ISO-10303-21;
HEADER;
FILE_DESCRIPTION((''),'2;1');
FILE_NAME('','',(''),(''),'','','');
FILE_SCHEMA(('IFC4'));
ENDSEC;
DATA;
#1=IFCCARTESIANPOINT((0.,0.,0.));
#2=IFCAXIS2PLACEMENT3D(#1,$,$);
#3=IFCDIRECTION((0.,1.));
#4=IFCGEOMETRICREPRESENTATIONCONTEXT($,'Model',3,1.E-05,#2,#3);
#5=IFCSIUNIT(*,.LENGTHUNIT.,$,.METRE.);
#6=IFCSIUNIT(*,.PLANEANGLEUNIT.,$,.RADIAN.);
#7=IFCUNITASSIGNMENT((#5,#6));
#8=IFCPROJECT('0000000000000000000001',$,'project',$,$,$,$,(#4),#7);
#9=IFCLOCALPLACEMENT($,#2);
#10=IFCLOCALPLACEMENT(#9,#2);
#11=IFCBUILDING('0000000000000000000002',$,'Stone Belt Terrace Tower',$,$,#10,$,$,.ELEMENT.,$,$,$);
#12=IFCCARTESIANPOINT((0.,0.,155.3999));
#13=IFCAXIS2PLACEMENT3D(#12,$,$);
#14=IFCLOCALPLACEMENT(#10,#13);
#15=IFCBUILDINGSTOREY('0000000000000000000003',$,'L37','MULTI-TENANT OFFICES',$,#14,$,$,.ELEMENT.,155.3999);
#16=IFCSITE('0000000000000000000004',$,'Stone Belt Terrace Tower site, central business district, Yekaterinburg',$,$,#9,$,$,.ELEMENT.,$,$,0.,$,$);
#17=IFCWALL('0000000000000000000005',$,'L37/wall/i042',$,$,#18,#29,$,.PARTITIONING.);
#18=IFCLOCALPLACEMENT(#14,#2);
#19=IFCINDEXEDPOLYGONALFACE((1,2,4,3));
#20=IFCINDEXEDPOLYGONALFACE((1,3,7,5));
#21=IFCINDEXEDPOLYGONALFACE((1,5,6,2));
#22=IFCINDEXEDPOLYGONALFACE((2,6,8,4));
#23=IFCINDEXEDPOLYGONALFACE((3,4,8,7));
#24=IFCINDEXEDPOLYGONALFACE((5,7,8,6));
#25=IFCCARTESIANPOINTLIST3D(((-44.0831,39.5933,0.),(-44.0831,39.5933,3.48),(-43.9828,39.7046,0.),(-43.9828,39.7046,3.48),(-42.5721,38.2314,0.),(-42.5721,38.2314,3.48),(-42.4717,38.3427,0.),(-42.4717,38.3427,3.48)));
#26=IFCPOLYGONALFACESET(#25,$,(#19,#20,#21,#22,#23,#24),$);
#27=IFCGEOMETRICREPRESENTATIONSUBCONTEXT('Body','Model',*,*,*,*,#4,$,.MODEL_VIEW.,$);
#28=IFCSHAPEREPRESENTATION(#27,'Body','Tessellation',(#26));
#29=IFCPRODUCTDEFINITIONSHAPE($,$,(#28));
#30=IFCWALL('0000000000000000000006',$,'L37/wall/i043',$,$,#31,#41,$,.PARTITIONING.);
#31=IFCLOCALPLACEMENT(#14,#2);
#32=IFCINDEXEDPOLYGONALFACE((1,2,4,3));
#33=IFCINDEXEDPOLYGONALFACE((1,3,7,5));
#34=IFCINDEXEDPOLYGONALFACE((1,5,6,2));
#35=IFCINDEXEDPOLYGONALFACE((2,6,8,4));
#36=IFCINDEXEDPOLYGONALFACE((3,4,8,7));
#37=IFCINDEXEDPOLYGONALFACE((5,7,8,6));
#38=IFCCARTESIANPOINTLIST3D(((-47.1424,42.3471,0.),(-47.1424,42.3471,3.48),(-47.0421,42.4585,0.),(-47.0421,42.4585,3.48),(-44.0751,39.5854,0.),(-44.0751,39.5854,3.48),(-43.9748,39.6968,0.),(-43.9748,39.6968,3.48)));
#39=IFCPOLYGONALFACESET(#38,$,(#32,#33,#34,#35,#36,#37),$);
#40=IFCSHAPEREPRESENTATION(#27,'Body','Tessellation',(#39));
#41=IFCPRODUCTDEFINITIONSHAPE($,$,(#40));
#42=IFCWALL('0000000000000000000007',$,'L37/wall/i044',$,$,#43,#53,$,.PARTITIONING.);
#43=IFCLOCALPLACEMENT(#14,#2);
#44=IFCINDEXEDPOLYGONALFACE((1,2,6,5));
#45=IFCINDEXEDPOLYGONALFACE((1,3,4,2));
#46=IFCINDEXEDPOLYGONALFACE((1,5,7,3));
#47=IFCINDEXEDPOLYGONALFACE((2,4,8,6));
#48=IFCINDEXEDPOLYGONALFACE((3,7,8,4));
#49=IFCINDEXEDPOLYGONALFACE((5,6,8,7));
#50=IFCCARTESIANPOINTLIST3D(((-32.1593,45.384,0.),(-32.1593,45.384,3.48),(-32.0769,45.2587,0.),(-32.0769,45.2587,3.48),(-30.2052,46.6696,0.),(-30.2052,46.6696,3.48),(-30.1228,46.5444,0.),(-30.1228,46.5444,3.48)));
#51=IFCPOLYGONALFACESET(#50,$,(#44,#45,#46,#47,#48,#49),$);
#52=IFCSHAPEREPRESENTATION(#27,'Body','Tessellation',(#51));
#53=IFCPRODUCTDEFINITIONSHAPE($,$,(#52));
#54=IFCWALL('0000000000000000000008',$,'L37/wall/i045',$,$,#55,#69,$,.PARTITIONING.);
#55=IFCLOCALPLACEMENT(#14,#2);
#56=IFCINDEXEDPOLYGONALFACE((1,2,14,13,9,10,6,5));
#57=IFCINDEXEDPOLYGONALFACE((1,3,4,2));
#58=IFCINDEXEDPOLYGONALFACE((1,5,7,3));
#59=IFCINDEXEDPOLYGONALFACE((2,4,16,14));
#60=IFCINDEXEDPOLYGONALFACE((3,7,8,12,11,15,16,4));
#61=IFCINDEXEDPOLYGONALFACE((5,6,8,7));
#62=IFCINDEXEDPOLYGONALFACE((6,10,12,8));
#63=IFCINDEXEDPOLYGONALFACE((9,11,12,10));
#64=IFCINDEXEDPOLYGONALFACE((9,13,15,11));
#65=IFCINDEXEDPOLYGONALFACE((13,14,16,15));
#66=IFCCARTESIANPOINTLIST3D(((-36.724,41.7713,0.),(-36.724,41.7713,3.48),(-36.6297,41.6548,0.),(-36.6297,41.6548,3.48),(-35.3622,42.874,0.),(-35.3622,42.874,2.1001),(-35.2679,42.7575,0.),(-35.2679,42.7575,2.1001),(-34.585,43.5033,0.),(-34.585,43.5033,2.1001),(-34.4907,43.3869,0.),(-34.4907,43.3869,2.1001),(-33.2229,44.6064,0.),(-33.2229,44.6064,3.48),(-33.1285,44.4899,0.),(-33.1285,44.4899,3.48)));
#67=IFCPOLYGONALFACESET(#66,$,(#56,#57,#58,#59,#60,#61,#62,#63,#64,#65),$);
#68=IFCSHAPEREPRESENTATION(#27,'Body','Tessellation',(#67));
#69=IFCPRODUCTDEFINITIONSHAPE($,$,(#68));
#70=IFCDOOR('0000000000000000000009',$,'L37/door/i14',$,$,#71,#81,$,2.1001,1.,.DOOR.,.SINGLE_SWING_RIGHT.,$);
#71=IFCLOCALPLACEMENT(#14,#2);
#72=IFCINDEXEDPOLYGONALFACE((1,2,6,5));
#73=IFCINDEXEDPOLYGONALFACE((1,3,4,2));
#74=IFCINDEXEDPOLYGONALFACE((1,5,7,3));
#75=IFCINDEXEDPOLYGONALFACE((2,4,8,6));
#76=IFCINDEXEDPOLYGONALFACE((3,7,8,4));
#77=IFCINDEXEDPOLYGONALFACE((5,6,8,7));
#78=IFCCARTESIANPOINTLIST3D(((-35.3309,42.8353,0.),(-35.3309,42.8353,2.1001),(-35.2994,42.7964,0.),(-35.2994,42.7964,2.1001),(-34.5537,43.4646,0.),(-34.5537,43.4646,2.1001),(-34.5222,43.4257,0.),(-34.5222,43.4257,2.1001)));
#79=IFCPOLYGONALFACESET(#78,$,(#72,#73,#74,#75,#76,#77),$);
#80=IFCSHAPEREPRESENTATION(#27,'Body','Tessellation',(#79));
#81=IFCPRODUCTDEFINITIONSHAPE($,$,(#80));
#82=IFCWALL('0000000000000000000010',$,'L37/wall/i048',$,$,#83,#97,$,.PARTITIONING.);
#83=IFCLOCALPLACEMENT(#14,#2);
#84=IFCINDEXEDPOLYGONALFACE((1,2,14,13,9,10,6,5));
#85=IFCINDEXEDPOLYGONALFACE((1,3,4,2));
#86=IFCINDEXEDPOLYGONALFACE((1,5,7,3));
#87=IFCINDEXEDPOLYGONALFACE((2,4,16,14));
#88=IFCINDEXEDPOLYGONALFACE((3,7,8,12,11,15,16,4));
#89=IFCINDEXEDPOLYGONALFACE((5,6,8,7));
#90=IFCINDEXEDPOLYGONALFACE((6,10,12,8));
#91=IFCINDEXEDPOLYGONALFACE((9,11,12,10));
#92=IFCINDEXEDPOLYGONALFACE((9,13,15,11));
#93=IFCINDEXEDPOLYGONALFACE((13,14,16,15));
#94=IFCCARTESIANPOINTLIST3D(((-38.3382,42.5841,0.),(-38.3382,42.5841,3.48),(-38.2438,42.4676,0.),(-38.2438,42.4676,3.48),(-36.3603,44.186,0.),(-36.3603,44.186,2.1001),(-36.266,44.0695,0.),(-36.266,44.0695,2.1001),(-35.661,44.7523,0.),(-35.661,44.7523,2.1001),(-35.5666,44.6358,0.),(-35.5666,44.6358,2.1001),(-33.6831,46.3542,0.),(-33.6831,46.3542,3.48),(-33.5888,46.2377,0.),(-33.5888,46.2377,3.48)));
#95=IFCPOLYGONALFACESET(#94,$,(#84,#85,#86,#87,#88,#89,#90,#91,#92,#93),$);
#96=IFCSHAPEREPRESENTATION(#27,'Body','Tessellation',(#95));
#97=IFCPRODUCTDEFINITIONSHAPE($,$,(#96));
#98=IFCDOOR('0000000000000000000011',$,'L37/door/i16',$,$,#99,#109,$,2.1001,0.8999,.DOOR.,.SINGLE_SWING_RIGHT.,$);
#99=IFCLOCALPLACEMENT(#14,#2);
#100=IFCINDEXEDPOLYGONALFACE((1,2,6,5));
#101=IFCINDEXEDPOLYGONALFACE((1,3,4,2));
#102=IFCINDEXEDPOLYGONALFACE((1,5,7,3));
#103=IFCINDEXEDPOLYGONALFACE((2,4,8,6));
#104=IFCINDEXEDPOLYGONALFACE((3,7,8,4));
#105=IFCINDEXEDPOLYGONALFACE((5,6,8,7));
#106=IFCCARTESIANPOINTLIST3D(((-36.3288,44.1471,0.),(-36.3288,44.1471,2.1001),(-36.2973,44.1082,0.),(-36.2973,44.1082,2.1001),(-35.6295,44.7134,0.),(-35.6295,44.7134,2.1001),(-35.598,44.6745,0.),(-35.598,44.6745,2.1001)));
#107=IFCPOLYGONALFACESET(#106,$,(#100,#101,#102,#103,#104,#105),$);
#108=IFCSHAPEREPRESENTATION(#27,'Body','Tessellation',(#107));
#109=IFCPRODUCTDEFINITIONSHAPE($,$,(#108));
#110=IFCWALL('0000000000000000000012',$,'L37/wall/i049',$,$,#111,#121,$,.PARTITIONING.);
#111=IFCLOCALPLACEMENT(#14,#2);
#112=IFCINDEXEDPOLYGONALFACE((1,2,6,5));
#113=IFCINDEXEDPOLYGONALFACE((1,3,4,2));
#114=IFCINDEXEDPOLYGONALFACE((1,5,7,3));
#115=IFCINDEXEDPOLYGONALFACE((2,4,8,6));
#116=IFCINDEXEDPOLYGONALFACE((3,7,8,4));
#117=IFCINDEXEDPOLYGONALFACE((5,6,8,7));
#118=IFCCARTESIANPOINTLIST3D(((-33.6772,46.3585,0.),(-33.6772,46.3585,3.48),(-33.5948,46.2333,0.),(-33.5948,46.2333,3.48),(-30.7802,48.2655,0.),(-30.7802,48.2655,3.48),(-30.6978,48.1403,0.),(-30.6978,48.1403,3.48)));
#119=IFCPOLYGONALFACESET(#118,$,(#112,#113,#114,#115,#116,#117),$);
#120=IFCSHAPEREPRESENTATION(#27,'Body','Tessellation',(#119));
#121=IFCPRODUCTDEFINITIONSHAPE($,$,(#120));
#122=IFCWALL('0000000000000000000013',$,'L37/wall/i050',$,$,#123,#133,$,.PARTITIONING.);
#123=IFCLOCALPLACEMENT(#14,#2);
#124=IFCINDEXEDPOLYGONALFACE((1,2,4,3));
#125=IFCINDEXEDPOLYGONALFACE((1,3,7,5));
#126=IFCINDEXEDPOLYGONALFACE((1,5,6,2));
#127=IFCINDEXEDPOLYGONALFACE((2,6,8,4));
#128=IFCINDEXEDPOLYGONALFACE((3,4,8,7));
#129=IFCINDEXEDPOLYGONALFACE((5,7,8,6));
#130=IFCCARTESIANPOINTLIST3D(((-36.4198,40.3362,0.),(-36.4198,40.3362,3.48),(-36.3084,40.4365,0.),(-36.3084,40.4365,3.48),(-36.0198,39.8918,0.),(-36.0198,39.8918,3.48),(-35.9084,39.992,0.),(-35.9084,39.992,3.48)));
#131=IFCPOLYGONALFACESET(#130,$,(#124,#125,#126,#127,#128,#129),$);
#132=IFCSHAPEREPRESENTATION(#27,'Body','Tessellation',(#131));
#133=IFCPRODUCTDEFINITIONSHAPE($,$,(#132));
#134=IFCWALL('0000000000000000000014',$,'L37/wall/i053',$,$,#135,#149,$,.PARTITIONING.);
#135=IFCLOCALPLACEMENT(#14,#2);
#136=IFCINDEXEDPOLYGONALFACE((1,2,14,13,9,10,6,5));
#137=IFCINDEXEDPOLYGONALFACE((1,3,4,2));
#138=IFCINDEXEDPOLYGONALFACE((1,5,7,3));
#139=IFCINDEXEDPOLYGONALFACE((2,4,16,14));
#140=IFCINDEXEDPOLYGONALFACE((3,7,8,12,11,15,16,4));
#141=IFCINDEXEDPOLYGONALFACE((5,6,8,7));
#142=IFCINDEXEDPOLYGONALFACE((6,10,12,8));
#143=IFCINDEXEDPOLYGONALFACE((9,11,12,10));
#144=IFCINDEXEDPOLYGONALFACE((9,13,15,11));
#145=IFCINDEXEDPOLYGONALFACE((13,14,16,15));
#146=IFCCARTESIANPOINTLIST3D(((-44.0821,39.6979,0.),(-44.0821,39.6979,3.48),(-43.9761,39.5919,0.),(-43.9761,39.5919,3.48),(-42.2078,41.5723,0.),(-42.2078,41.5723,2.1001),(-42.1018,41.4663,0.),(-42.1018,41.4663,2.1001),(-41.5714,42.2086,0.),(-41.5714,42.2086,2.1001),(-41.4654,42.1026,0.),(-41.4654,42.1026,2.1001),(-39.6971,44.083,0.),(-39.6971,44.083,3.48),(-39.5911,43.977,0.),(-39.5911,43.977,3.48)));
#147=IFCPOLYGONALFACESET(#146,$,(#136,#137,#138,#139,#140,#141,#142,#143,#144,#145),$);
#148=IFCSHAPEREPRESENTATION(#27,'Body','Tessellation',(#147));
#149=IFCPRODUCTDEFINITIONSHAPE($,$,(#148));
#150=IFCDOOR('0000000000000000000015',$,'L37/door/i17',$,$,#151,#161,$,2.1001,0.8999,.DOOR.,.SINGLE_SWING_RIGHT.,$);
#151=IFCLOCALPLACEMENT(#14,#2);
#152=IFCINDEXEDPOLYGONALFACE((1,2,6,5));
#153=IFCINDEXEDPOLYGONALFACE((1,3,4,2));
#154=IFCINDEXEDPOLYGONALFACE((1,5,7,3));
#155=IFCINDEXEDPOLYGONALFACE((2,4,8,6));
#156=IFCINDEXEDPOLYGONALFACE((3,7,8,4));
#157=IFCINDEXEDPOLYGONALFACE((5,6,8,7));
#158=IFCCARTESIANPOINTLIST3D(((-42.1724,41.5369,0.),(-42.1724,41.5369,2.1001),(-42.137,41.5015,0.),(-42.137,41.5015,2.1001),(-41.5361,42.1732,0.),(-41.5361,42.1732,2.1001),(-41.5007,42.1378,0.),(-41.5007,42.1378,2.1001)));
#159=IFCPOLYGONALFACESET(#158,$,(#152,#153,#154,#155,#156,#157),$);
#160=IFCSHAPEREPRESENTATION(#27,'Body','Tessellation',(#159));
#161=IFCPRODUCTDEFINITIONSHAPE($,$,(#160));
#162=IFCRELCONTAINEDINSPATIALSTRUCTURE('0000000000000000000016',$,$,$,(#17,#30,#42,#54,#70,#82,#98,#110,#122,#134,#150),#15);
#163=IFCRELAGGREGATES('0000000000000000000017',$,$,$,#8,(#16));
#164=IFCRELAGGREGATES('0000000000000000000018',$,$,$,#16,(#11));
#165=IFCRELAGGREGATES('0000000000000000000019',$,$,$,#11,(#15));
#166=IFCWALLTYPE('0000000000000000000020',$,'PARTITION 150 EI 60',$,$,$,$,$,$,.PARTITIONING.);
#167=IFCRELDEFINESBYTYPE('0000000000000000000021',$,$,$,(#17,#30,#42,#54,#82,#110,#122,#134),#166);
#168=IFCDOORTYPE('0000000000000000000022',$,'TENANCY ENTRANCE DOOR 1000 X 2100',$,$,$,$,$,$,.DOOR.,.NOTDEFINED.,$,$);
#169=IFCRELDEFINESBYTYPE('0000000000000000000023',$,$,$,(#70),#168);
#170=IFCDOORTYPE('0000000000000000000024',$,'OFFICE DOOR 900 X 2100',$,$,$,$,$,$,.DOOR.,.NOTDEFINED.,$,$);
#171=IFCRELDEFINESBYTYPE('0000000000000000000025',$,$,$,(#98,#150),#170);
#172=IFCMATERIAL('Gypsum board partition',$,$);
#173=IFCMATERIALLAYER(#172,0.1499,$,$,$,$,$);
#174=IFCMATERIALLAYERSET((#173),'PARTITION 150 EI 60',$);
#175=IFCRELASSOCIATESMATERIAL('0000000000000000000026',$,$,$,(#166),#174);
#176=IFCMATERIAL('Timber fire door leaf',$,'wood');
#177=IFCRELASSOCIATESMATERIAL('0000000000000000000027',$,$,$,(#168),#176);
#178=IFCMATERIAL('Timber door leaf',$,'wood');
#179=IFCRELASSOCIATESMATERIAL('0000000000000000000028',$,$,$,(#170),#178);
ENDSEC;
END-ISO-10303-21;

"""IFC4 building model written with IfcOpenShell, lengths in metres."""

from ifc_helpers import new_model, si_unit, direction, frame, frame_2d, origin, place, context, subcontext, project, spatial, rectangle, extrude, material, layer, layer_set, type_object, element, fill, save


model = new_model("IFC4")

# Units and contexts
model_context = context("Model", 3, precision=1e-05, world=origin(), true_north=direction((0.0, 1.0)))
body_context = subcontext(model_context, "Body", "Model", "MODEL_VIEW")
ifc_project = project(units=[si_unit("LENGTHUNIT", "METRE"), si_unit("PLANEANGLEUNIT", "RADIAN")], contexts=[model_context])

# Site, building, storey
site_placement = place(None, origin())
site = spatial("IfcSite", under=ifc_project, at=site_placement, Name="Stone Belt Terrace Tower site, central business district, Yekaterinburg", CompositionType="ELEMENT", RefElevation=0.0)
building_placement = place(site_placement, origin())
building = spatial("IfcBuilding", under=site, at=building_placement, Name="Stone Belt Terrace Tower", CompositionType="ELEMENT")
storey_placement = place(building_placement, frame((0.0, 0.0, 155.3999)))
storey = spatial("IfcBuildingStorey", under=building, at=storey_placement, Name="L37", Description="MULTI-TENANT OFFICES", CompositionType="ELEMENT", Elevation=155.3999)

# Walls
ifc_material_1 = material(Name="Gypsum board partition")
ifc_layer_1 = layer(ifc_material_1, 0.1499)
ifc_layer_set_1 = layer_set([ifc_layer_1], Name="PARTITION 150 EI 60")
wall_type_1 = type_object("IfcWallType", Name="PARTITION 150 EI 60", PredefinedType="PARTITIONING", material=ifc_layer_set_1)
wall_1_placement = place(storey_placement, frame((-44.033, 39.6489, 0.0), z_axis=(0.0, 0.0, 1.0), x_axis=(0.742822, -0.669488, 0.0)))
element("IfcWall", 1, at=wall_1_placement, inside=storey, type_object=wall_type_1, Name="L37/wall/i042", PredefinedType="PARTITIONING", context=body_context, shape_type="SweptSolid", body=[
    extrude(rectangle(XDim=2.0342, YDim=0.1499, at=frame_2d((1.0171, 0.0))), origin(), (0.0, 0.0, 1.0), 3.48),
])
wall_2_placement = place(storey_placement, frame((-47.0923, 42.4028, 0.0), z_axis=(0.0, 0.0, 1.0), x_axis=(0.743165, -0.669109, 0.0)))
element("IfcWall", 2, at=wall_2_placement, inside=storey, type_object=wall_type_1, Name="L37/wall/i043", PredefinedType="PARTITIONING", context=body_context, shape_type="SweptSolid", body=[
    extrude(rectangle(XDim=4.1274, YDim=0.1499, at=frame_2d((2.0637, 0.0))), origin(), (0.0, 0.0, 1.0), 3.48),
])
wall_3_placement = place(storey_placement, frame((-30.1641, 46.6069, 0.0), z_axis=(0.0, 0.0, 1.0), x_axis=(-0.835407, -0.549632, 0.0)))
element("IfcWall", 3, at=wall_3_placement, inside=storey, type_object=wall_type_1, Name="L37/wall/i044", PredefinedType="PARTITIONING", context=body_context, shape_type="SweptSolid", body=[
    extrude(rectangle(XDim=2.3391, YDim=0.1499, at=frame_2d((1.1694, 0.0))), origin(), (0.0, 0.0, 1.0), 3.48),
])

# Walls, openings, doors
wall_4_placement = place(storey_placement, frame((-33.1758, 44.5481, 0.0), z_axis=(0.0, 0.0, 1.0), x_axis=(-0.777149, -0.629317, 0.0)))
wall_4 = element("IfcWall", 4, at=wall_4_placement, inside=storey, type_object=wall_type_1, Name="L37/wall/i045", PredefinedType="PARTITIONING", context=body_context, shape_type="SweptSolid", body=[
    extrude(rectangle(XDim=4.5051, YDim=0.1499, at=frame_2d((2.2524, 0.0))), origin(), (0.0, 0.0, 1.0), 3.48),
])
opening_1_placement = place(wall_4_placement, frame((1.7527, 0.0, 0.0)))
opening_1 = element("IfcOpeningElement", 5, at=opening_1_placement, cuts=wall_4, PredefinedType="OPENING", context=body_context, shape_type="SweptSolid", body=[
    extrude(rectangle(XDim=1.0, YDim=2.1001, at=frame_2d((0.5, 1.05))), frame((0.0, 0.085, 0.0), z_axis=(0.0, -1.0, 0.0), x_axis=(1.0, 0.0, 0.0)), (0.0, 0.0, 1.0), 0.1699),
])
ifc_material_2 = material(Name="Timber fire door leaf", Category="wood")
door_type_1 = type_object("IfcDoorType", Name="TENANCY ENTRANCE DOOR 1000 X 2100", OperationType="NOTDEFINED", PredefinedType="DOOR", material=ifc_material_2)
door_1_placement = place(opening_1_placement, origin())
door_1 = element("IfcDoor", 6, at=door_1_placement, inside=storey, type_object=door_type_1, Name="L37/door/i14", OperationType="SINGLE_SWING_RIGHT", OverallHeight=2.1001, OverallWidth=1.0, PredefinedType="DOOR", context=body_context, shape_type="SweptSolid", body=[
    extrude(rectangle(XDim=1.0, YDim=2.1001, at=frame_2d((0.5, 1.05))), frame((0.0, 0.0249, 0.0), z_axis=(0.0, -1.0, 0.0), x_axis=(1.0, 0.0, 0.0)), (0.0, 0.0, 1.0), 0.05),
])
fill(opening_1, door_1)
wall_5_placement = place(storey_placement, frame((-38.291, 42.5259, 0.0), z_axis=(0.0, 0.0, 1.0), x_axis=(0.777109, 0.629366, 0.0)))
wall_5 = element("IfcWall", 7, at=wall_5_placement, inside=storey, type_object=wall_type_1, Name="L37/wall/i048", PredefinedType="PARTITIONING", context=body_context, shape_type="SweptSolid", body=[
    extrude(rectangle(XDim=5.9902, YDim=0.1499, at=frame_2d((2.9951, 0.0))), origin(), (0.0, 0.0, 1.0), 3.48),
])
opening_2_placement = place(wall_5_placement, frame((2.5452, 0.0, 0.0)))
opening_2 = element("IfcOpeningElement", 8, at=opening_2_placement, cuts=wall_5, PredefinedType="OPENING", context=body_context, shape_type="SweptSolid", body=[
    extrude(rectangle(XDim=0.8999, YDim=2.1001, at=frame_2d((0.45, 1.05))), frame((0.0, 0.085, 0.0), z_axis=(0.0, -1.0, 0.0), x_axis=(1.0, 0.0, 0.0)), (0.0, 0.0, 1.0), 0.1699),
])
ifc_material_3 = material(Name="Timber door leaf", Category="wood")
door_type_2 = type_object("IfcDoorType", Name="OFFICE DOOR 900 X 2100", OperationType="NOTDEFINED", PredefinedType="DOOR", material=ifc_material_3)
door_2_placement = place(opening_2_placement, origin())
door_2 = element("IfcDoor", 9, at=door_2_placement, inside=storey, type_object=door_type_2, Name="L37/door/i16", OperationType="SINGLE_SWING_RIGHT", OverallHeight=2.1001, OverallWidth=0.8999, PredefinedType="DOOR", context=body_context, shape_type="SweptSolid", body=[
    extrude(rectangle(XDim=0.8999, YDim=2.1001, at=frame_2d((0.45, 1.05))), frame((0.0, 0.0249, 0.0), z_axis=(0.0, -1.0, 0.0), x_axis=(1.0, 0.0, 0.0)), (0.0, 0.0, 1.0), 0.05),
])
fill(opening_2, door_2)

# Walls
wall_6_placement = place(storey_placement, frame((-33.636, 46.2959, 0.0), z_axis=(0.0, 0.0, 1.0), x_axis=(0.835274, 0.549834, 0.0)))
element("IfcWall", 10, at=wall_6_placement, inside=storey, type_object=wall_type_1, Name="L37/wall/i049", PredefinedType="PARTITIONING", context=body_context, shape_type="SweptSolid", body=[
    extrude(rectangle(XDim=3.4683, YDim=0.1499, at=frame_2d((1.7341, 0.0))), origin(), (0.0, 0.0, 1.0), 3.48),
])
wall_7_placement = place(storey_placement, frame((-36.364, 40.3862, 0.0), z_axis=(0.0, 0.0, 1.0), x_axis=(0.668965, -0.743294, 0.0)))
element("IfcWall", 11, at=wall_7_placement, inside=storey, type_object=wall_type_1, Name="L37/wall/i050", PredefinedType="PARTITIONING", context=body_context, shape_type="SweptSolid", body=[
    extrude(rectangle(XDim=0.5979, YDim=0.1499, at=frame_2d((0.2988, 0.0))), origin(), (0.0, 0.0, 1.0), 3.48),
])

# Wall, opening, door
wall_8_placement = place(storey_placement, frame((-44.0291, 39.645, 0.0), z_axis=(0.0, 0.0, 1.0), x_axis=(0.707107, 0.707107, 0.0)))
wall_8 = element("IfcWall", 12, at=wall_8_placement, inside=storey, type_object=wall_type_1, Name="L37/wall/i053", PredefinedType="PARTITIONING", context=body_context, shape_type="SweptSolid", body=[
    extrude(rectangle(XDim=6.2014, YDim=0.1499, at=frame_2d((3.1006, 0.0))), origin(), (0.0, 0.0, 1.0), 3.48),
])
opening_3_placement = place(wall_8_placement, frame((2.6506, 0.0, 0.0)))
opening_3 = element("IfcOpeningElement", 13, at=opening_3_placement, cuts=wall_8, PredefinedType="OPENING", context=body_context, shape_type="SweptSolid", body=[
    extrude(rectangle(XDim=0.8999, YDim=2.1001, at=frame_2d((0.45, 1.05))), frame((0.0, 0.085, 0.0), z_axis=(0.0, -1.0, 0.0), x_axis=(1.0, 0.0, 0.0)), (0.0, 0.0, 1.0), 0.1699),
])
door_3_placement = place(opening_3_placement, origin())
door_3 = element("IfcDoor", 14, at=door_3_placement, inside=storey, type_object=door_type_2, Name="L37/door/i17", OperationType="SINGLE_SWING_RIGHT", OverallHeight=2.1001, OverallWidth=0.8999, PredefinedType="DOOR", context=body_context, shape_type="SweptSolid", body=[
    extrude(rectangle(XDim=0.8999, YDim=2.1001, at=frame_2d((0.45, 1.05))), frame((0.0, 0.0249, 0.0), z_axis=(0.0, -1.0, 0.0), x_axis=(1.0, 0.0, 0.0)), (0.0, 0.0, 1.0), 0.05),
])
fill(opening_3, door_3)

save(model, "model.ifc")
